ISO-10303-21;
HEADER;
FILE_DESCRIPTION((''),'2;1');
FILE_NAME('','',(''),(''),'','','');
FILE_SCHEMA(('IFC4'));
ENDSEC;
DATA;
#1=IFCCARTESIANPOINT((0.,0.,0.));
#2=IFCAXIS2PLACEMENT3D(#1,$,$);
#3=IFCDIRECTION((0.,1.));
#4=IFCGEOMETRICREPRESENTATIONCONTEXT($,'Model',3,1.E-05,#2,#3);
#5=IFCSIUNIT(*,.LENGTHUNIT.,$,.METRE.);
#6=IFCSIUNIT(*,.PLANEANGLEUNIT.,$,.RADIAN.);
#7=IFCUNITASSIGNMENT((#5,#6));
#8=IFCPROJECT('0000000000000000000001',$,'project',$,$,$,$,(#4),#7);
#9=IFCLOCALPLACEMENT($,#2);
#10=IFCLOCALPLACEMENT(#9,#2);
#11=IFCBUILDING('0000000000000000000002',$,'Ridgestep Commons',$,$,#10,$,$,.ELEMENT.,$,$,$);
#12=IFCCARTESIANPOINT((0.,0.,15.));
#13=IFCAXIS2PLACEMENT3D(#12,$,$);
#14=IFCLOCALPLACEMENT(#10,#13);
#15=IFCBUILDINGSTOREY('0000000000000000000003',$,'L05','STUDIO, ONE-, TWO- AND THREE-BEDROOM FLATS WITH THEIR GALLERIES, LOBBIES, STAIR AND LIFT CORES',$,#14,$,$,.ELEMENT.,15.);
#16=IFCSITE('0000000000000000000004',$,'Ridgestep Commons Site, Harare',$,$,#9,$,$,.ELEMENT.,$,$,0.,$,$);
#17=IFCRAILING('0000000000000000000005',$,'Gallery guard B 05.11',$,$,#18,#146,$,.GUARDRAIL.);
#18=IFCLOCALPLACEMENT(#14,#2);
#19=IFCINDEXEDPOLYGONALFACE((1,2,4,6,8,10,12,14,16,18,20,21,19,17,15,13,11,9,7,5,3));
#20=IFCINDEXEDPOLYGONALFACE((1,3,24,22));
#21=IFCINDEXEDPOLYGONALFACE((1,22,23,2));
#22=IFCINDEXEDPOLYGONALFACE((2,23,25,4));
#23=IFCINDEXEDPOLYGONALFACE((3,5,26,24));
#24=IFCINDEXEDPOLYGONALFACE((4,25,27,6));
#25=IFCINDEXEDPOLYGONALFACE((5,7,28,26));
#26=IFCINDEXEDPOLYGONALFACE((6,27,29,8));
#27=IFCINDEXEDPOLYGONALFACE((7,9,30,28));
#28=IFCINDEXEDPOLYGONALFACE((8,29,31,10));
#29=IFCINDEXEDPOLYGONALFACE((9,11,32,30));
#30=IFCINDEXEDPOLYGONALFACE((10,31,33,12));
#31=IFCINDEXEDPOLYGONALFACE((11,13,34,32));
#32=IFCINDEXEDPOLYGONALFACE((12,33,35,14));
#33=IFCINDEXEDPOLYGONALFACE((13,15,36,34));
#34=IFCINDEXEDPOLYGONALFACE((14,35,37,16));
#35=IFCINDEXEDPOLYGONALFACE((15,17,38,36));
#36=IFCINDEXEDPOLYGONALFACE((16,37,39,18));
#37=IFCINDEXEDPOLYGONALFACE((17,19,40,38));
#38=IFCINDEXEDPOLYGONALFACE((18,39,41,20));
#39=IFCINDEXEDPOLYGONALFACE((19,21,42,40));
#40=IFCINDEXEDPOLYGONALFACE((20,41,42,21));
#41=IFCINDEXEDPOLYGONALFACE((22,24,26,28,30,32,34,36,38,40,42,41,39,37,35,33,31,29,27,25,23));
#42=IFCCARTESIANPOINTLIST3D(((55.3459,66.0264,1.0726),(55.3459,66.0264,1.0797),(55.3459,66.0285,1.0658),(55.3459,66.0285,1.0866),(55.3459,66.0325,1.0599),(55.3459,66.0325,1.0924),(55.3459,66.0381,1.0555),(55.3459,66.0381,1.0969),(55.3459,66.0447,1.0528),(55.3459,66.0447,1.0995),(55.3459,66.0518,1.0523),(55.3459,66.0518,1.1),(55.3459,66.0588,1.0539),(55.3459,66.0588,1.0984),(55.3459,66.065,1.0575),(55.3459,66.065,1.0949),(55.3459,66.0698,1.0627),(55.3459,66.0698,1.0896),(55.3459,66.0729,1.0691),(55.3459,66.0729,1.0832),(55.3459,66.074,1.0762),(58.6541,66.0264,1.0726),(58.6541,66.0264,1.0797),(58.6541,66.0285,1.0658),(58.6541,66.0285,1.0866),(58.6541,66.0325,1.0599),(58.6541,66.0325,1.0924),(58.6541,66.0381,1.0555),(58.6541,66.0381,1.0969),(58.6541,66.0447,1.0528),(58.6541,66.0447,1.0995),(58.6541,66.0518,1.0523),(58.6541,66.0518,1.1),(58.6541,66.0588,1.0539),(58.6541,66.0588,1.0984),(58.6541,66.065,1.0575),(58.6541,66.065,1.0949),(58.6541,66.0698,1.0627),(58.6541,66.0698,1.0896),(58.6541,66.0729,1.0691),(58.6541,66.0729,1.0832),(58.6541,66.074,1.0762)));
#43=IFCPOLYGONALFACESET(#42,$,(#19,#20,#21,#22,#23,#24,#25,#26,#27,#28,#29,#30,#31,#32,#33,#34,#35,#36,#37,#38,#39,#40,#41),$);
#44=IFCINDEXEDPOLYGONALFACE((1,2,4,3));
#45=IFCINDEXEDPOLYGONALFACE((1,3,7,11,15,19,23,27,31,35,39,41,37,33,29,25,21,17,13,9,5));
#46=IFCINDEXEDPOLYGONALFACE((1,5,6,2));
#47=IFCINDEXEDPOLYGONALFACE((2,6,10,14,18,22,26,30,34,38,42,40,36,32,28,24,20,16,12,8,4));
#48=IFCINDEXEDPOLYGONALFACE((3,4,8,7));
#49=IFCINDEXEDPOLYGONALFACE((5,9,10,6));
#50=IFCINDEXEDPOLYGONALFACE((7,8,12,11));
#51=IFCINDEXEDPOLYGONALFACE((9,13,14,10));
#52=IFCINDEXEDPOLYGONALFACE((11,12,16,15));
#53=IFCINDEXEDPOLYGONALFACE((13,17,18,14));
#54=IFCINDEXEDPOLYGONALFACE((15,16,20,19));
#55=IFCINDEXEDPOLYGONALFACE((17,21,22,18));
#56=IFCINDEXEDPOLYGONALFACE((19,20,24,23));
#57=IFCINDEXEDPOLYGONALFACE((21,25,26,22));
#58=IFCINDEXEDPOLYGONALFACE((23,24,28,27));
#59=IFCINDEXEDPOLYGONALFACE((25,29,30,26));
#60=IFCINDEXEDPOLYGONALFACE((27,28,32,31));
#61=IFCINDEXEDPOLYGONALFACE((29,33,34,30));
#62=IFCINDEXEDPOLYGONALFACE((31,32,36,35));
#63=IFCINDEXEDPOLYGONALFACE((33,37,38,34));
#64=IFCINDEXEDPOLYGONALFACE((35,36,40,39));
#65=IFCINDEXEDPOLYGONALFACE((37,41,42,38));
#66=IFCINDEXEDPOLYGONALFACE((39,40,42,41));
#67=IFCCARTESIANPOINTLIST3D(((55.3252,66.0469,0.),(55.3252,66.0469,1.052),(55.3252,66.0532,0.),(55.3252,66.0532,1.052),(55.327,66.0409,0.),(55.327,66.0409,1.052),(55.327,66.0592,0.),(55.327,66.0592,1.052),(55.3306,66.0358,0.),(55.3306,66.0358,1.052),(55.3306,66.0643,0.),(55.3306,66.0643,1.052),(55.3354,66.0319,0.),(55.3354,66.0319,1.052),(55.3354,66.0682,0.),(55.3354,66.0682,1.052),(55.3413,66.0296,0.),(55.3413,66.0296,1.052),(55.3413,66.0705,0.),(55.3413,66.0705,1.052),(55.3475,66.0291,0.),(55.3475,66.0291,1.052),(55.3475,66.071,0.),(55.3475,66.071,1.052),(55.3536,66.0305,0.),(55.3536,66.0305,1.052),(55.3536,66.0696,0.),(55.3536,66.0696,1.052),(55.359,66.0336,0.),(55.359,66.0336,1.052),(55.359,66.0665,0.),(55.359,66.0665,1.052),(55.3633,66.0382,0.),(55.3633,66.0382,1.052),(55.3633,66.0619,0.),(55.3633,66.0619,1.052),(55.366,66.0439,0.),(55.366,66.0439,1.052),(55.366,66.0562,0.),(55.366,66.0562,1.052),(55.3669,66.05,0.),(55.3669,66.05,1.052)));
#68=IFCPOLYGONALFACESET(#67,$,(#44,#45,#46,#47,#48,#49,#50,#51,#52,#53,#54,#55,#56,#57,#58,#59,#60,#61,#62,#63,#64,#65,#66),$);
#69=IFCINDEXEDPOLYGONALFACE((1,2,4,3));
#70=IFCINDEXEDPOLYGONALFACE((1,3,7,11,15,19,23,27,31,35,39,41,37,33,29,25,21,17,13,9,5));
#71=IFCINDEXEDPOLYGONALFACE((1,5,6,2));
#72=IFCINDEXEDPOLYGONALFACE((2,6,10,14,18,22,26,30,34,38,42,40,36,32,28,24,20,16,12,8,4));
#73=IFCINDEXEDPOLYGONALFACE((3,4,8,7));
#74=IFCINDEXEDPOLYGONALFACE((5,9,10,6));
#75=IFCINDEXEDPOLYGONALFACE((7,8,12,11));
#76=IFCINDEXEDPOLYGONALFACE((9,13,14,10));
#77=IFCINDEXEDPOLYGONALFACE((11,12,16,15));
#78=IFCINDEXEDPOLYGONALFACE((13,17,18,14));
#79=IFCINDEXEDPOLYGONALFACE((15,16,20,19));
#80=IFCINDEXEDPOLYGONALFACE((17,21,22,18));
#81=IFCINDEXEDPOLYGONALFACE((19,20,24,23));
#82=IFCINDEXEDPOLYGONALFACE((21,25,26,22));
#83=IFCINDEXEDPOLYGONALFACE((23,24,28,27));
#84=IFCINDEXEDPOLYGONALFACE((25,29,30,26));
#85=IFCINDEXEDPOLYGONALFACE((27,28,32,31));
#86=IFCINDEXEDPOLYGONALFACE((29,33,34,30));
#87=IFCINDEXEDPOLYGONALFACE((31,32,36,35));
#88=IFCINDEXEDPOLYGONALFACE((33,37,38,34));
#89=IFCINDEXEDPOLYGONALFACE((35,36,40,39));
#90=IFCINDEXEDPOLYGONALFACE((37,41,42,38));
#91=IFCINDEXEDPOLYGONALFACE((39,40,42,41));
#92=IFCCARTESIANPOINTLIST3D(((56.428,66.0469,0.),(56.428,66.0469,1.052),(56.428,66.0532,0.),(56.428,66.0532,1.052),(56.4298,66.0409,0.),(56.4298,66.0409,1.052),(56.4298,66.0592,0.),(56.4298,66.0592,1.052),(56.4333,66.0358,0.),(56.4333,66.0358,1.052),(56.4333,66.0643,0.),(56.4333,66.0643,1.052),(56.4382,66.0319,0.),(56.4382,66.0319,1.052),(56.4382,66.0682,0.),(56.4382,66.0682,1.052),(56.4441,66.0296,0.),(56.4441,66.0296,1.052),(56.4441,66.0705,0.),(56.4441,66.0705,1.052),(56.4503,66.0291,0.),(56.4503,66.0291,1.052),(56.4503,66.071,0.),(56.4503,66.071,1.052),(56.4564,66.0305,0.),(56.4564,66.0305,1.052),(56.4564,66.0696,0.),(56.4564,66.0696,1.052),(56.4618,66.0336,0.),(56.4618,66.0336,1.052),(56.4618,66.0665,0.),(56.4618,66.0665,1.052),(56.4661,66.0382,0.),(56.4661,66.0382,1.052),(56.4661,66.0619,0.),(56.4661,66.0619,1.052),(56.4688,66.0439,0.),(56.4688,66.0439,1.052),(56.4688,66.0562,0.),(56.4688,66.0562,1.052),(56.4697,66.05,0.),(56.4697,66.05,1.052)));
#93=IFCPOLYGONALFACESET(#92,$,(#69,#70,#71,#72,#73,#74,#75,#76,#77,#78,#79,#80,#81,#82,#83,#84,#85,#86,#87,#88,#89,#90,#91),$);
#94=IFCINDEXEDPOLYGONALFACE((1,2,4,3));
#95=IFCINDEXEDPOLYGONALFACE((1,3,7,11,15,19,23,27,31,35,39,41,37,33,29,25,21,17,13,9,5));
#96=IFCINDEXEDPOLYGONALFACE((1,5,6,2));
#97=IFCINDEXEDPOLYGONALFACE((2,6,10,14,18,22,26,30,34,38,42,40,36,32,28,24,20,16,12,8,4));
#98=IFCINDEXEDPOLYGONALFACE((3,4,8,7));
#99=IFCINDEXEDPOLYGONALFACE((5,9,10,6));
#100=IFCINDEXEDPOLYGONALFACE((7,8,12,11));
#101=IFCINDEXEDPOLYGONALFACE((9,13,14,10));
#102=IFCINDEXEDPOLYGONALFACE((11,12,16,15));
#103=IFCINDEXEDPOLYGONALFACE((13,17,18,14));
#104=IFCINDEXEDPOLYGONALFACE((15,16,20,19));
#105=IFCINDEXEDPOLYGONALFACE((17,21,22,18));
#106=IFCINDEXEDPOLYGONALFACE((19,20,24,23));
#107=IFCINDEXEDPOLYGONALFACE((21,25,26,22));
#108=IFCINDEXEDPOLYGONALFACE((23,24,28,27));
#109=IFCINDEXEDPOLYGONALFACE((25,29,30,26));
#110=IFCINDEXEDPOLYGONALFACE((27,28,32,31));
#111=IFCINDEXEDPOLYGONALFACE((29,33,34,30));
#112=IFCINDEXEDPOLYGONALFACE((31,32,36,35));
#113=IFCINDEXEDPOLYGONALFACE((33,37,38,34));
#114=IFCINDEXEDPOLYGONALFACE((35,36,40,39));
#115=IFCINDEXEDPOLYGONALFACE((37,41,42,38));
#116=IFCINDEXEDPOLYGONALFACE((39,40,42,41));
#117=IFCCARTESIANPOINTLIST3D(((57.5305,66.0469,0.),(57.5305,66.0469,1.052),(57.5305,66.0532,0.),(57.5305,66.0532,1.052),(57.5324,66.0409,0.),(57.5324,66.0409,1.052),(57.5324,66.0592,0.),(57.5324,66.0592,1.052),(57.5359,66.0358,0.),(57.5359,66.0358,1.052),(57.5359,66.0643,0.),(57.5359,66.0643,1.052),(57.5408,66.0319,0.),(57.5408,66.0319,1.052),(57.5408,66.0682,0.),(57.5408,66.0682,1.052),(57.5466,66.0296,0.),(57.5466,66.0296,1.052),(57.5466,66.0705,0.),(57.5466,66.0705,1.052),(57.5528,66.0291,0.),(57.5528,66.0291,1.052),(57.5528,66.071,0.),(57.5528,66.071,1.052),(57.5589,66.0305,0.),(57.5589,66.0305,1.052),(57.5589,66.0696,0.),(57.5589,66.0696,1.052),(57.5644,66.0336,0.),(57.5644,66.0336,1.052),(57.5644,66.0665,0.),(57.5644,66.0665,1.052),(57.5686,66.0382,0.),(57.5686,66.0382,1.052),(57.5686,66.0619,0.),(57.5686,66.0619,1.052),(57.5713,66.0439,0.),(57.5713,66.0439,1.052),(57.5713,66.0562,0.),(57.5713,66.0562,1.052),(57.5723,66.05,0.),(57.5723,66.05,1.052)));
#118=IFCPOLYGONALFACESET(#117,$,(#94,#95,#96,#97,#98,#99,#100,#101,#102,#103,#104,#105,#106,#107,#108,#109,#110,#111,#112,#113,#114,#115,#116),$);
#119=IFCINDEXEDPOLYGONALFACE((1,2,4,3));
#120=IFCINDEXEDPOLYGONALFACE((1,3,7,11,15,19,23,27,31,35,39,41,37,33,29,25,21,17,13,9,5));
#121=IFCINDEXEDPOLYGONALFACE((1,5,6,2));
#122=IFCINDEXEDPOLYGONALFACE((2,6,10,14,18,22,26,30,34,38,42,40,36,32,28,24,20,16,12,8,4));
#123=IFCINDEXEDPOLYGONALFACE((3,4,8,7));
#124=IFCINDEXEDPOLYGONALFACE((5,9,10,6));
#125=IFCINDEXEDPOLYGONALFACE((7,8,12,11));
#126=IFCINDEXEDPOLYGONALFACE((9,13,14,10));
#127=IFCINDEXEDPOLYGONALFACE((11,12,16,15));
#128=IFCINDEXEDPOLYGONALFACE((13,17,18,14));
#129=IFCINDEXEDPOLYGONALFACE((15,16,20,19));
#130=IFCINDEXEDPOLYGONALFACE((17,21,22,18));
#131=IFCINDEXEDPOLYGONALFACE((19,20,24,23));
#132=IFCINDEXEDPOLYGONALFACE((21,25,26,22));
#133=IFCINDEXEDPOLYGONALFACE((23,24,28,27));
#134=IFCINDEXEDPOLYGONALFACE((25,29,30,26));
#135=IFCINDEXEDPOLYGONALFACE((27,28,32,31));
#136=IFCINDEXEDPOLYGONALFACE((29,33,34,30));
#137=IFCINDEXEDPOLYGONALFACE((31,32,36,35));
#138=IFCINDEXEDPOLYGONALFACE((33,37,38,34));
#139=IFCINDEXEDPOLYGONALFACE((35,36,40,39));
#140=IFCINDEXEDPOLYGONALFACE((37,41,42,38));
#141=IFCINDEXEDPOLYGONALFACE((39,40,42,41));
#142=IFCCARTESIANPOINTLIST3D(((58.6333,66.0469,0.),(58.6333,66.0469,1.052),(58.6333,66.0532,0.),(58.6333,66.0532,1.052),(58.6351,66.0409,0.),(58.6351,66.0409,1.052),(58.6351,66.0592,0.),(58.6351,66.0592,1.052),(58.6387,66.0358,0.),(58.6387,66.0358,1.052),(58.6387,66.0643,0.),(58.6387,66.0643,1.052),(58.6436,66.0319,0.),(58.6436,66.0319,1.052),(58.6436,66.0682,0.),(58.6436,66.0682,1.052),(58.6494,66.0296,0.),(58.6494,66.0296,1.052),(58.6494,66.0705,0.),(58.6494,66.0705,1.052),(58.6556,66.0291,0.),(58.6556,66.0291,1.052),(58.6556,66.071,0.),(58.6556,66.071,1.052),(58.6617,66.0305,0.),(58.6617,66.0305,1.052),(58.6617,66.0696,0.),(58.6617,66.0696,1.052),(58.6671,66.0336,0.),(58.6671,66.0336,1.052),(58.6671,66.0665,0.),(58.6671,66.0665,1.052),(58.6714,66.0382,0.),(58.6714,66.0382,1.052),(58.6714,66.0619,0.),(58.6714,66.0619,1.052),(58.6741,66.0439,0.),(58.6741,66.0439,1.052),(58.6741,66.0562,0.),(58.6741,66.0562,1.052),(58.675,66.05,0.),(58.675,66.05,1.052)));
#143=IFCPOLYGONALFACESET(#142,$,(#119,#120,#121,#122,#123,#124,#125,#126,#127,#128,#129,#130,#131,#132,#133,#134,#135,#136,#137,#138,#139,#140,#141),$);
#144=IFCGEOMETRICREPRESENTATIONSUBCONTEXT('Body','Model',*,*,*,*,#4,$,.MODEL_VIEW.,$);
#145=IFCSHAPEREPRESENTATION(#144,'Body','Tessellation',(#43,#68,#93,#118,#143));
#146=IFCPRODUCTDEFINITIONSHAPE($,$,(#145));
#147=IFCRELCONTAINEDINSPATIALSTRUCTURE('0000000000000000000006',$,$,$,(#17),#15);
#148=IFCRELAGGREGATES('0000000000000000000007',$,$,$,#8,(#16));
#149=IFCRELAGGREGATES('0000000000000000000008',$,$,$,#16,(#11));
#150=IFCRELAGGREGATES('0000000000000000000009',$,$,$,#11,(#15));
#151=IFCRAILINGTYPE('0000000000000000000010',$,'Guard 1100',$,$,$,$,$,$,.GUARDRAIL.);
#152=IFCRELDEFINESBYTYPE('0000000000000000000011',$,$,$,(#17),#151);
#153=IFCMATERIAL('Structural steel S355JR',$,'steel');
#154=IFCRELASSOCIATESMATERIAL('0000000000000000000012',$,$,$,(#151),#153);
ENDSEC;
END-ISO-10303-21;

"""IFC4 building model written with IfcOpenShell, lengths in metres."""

from ifc_helpers import new_model, si_unit, direction, frame, origin, origin_2d, place, context, subcontext, project, spatial, circle, extrude, material, type_object, element, save


model = new_model("IFC4")

# Units and contexts
model_context = context("Model", 3, precision=1e-05, world=origin(), true_north=direction((0.0, 1.0)))
body_context = subcontext(model_context, "Body", "Model", "MODEL_VIEW")
ifc_project = project(units=[si_unit("LENGTHUNIT", "METRE"), si_unit("PLANEANGLEUNIT", "RADIAN")], contexts=[model_context])

# Site, building, storey
site_placement = place(None, origin())
site = spatial("IfcSite", under=ifc_project, at=site_placement, Name="Ridgestep Commons Site, Harare", CompositionType="ELEMENT", RefElevation=0.0)
building_placement = place(site_placement, origin())
building = spatial("IfcBuilding", under=site, at=building_placement, Name="Ridgestep Commons", CompositionType="ELEMENT")
storey_placement = place(building_placement, frame((0.0, 0.0, 15.0)))
storey = spatial("IfcBuildingStorey", under=building, at=storey_placement, Name="L05", Description="STUDIO, ONE-, TWO- AND THREE-BEDROOM FLATS WITH THEIR GALLERIES, LOBBIES, STAIR AND LIFT CORES", CompositionType="ELEMENT", Elevation=15.0)

# Railing
ifc_material_1 = material(Name="Structural steel S355JR", Category="steel")
railing_type = type_object("IfcRailingType", Name="Guard 1100", PredefinedType="GUARDRAIL", material=ifc_material_1)
railing_1_placement = place(storey_placement, frame((55.3459, 66.05, 0.0)))
element("IfcRailing", 1, at=railing_1_placement, inside=storey, type_object=railing_type, Name="Gallery guard B 05.11", PredefinedType="GUARDRAIL", context=body_context, shape_type="SweptSolid", body=[
    extrude(circle(Radius=0.0239, at=origin_2d()), frame((0.0, 0.0, 1.0762), z_axis=(1.0, 0.0, 0.0), x_axis=(0.0, 1.0, 0.0)), (0.0, 0.0, 1.0), 3.3081),
    extrude(circle(Radius=0.021, at=origin_2d()), origin(), (0.0, 0.0, 1.0), 1.052),
    extrude(circle(Radius=0.021, at=origin_2d()), frame((1.1028, 0.0, 0.0)), (0.0, 0.0, 1.0), 1.052),
    extrude(circle(Radius=0.021, at=origin_2d()), frame((2.2053, 0.0, 0.0)), (0.0, 0.0, 1.0), 1.052),
    extrude(circle(Radius=0.021, at=origin_2d()), frame((3.3081, 0.0, 0.0)), (0.0, 0.0, 1.0), 1.052),
])

save(model, "model.ifc")
